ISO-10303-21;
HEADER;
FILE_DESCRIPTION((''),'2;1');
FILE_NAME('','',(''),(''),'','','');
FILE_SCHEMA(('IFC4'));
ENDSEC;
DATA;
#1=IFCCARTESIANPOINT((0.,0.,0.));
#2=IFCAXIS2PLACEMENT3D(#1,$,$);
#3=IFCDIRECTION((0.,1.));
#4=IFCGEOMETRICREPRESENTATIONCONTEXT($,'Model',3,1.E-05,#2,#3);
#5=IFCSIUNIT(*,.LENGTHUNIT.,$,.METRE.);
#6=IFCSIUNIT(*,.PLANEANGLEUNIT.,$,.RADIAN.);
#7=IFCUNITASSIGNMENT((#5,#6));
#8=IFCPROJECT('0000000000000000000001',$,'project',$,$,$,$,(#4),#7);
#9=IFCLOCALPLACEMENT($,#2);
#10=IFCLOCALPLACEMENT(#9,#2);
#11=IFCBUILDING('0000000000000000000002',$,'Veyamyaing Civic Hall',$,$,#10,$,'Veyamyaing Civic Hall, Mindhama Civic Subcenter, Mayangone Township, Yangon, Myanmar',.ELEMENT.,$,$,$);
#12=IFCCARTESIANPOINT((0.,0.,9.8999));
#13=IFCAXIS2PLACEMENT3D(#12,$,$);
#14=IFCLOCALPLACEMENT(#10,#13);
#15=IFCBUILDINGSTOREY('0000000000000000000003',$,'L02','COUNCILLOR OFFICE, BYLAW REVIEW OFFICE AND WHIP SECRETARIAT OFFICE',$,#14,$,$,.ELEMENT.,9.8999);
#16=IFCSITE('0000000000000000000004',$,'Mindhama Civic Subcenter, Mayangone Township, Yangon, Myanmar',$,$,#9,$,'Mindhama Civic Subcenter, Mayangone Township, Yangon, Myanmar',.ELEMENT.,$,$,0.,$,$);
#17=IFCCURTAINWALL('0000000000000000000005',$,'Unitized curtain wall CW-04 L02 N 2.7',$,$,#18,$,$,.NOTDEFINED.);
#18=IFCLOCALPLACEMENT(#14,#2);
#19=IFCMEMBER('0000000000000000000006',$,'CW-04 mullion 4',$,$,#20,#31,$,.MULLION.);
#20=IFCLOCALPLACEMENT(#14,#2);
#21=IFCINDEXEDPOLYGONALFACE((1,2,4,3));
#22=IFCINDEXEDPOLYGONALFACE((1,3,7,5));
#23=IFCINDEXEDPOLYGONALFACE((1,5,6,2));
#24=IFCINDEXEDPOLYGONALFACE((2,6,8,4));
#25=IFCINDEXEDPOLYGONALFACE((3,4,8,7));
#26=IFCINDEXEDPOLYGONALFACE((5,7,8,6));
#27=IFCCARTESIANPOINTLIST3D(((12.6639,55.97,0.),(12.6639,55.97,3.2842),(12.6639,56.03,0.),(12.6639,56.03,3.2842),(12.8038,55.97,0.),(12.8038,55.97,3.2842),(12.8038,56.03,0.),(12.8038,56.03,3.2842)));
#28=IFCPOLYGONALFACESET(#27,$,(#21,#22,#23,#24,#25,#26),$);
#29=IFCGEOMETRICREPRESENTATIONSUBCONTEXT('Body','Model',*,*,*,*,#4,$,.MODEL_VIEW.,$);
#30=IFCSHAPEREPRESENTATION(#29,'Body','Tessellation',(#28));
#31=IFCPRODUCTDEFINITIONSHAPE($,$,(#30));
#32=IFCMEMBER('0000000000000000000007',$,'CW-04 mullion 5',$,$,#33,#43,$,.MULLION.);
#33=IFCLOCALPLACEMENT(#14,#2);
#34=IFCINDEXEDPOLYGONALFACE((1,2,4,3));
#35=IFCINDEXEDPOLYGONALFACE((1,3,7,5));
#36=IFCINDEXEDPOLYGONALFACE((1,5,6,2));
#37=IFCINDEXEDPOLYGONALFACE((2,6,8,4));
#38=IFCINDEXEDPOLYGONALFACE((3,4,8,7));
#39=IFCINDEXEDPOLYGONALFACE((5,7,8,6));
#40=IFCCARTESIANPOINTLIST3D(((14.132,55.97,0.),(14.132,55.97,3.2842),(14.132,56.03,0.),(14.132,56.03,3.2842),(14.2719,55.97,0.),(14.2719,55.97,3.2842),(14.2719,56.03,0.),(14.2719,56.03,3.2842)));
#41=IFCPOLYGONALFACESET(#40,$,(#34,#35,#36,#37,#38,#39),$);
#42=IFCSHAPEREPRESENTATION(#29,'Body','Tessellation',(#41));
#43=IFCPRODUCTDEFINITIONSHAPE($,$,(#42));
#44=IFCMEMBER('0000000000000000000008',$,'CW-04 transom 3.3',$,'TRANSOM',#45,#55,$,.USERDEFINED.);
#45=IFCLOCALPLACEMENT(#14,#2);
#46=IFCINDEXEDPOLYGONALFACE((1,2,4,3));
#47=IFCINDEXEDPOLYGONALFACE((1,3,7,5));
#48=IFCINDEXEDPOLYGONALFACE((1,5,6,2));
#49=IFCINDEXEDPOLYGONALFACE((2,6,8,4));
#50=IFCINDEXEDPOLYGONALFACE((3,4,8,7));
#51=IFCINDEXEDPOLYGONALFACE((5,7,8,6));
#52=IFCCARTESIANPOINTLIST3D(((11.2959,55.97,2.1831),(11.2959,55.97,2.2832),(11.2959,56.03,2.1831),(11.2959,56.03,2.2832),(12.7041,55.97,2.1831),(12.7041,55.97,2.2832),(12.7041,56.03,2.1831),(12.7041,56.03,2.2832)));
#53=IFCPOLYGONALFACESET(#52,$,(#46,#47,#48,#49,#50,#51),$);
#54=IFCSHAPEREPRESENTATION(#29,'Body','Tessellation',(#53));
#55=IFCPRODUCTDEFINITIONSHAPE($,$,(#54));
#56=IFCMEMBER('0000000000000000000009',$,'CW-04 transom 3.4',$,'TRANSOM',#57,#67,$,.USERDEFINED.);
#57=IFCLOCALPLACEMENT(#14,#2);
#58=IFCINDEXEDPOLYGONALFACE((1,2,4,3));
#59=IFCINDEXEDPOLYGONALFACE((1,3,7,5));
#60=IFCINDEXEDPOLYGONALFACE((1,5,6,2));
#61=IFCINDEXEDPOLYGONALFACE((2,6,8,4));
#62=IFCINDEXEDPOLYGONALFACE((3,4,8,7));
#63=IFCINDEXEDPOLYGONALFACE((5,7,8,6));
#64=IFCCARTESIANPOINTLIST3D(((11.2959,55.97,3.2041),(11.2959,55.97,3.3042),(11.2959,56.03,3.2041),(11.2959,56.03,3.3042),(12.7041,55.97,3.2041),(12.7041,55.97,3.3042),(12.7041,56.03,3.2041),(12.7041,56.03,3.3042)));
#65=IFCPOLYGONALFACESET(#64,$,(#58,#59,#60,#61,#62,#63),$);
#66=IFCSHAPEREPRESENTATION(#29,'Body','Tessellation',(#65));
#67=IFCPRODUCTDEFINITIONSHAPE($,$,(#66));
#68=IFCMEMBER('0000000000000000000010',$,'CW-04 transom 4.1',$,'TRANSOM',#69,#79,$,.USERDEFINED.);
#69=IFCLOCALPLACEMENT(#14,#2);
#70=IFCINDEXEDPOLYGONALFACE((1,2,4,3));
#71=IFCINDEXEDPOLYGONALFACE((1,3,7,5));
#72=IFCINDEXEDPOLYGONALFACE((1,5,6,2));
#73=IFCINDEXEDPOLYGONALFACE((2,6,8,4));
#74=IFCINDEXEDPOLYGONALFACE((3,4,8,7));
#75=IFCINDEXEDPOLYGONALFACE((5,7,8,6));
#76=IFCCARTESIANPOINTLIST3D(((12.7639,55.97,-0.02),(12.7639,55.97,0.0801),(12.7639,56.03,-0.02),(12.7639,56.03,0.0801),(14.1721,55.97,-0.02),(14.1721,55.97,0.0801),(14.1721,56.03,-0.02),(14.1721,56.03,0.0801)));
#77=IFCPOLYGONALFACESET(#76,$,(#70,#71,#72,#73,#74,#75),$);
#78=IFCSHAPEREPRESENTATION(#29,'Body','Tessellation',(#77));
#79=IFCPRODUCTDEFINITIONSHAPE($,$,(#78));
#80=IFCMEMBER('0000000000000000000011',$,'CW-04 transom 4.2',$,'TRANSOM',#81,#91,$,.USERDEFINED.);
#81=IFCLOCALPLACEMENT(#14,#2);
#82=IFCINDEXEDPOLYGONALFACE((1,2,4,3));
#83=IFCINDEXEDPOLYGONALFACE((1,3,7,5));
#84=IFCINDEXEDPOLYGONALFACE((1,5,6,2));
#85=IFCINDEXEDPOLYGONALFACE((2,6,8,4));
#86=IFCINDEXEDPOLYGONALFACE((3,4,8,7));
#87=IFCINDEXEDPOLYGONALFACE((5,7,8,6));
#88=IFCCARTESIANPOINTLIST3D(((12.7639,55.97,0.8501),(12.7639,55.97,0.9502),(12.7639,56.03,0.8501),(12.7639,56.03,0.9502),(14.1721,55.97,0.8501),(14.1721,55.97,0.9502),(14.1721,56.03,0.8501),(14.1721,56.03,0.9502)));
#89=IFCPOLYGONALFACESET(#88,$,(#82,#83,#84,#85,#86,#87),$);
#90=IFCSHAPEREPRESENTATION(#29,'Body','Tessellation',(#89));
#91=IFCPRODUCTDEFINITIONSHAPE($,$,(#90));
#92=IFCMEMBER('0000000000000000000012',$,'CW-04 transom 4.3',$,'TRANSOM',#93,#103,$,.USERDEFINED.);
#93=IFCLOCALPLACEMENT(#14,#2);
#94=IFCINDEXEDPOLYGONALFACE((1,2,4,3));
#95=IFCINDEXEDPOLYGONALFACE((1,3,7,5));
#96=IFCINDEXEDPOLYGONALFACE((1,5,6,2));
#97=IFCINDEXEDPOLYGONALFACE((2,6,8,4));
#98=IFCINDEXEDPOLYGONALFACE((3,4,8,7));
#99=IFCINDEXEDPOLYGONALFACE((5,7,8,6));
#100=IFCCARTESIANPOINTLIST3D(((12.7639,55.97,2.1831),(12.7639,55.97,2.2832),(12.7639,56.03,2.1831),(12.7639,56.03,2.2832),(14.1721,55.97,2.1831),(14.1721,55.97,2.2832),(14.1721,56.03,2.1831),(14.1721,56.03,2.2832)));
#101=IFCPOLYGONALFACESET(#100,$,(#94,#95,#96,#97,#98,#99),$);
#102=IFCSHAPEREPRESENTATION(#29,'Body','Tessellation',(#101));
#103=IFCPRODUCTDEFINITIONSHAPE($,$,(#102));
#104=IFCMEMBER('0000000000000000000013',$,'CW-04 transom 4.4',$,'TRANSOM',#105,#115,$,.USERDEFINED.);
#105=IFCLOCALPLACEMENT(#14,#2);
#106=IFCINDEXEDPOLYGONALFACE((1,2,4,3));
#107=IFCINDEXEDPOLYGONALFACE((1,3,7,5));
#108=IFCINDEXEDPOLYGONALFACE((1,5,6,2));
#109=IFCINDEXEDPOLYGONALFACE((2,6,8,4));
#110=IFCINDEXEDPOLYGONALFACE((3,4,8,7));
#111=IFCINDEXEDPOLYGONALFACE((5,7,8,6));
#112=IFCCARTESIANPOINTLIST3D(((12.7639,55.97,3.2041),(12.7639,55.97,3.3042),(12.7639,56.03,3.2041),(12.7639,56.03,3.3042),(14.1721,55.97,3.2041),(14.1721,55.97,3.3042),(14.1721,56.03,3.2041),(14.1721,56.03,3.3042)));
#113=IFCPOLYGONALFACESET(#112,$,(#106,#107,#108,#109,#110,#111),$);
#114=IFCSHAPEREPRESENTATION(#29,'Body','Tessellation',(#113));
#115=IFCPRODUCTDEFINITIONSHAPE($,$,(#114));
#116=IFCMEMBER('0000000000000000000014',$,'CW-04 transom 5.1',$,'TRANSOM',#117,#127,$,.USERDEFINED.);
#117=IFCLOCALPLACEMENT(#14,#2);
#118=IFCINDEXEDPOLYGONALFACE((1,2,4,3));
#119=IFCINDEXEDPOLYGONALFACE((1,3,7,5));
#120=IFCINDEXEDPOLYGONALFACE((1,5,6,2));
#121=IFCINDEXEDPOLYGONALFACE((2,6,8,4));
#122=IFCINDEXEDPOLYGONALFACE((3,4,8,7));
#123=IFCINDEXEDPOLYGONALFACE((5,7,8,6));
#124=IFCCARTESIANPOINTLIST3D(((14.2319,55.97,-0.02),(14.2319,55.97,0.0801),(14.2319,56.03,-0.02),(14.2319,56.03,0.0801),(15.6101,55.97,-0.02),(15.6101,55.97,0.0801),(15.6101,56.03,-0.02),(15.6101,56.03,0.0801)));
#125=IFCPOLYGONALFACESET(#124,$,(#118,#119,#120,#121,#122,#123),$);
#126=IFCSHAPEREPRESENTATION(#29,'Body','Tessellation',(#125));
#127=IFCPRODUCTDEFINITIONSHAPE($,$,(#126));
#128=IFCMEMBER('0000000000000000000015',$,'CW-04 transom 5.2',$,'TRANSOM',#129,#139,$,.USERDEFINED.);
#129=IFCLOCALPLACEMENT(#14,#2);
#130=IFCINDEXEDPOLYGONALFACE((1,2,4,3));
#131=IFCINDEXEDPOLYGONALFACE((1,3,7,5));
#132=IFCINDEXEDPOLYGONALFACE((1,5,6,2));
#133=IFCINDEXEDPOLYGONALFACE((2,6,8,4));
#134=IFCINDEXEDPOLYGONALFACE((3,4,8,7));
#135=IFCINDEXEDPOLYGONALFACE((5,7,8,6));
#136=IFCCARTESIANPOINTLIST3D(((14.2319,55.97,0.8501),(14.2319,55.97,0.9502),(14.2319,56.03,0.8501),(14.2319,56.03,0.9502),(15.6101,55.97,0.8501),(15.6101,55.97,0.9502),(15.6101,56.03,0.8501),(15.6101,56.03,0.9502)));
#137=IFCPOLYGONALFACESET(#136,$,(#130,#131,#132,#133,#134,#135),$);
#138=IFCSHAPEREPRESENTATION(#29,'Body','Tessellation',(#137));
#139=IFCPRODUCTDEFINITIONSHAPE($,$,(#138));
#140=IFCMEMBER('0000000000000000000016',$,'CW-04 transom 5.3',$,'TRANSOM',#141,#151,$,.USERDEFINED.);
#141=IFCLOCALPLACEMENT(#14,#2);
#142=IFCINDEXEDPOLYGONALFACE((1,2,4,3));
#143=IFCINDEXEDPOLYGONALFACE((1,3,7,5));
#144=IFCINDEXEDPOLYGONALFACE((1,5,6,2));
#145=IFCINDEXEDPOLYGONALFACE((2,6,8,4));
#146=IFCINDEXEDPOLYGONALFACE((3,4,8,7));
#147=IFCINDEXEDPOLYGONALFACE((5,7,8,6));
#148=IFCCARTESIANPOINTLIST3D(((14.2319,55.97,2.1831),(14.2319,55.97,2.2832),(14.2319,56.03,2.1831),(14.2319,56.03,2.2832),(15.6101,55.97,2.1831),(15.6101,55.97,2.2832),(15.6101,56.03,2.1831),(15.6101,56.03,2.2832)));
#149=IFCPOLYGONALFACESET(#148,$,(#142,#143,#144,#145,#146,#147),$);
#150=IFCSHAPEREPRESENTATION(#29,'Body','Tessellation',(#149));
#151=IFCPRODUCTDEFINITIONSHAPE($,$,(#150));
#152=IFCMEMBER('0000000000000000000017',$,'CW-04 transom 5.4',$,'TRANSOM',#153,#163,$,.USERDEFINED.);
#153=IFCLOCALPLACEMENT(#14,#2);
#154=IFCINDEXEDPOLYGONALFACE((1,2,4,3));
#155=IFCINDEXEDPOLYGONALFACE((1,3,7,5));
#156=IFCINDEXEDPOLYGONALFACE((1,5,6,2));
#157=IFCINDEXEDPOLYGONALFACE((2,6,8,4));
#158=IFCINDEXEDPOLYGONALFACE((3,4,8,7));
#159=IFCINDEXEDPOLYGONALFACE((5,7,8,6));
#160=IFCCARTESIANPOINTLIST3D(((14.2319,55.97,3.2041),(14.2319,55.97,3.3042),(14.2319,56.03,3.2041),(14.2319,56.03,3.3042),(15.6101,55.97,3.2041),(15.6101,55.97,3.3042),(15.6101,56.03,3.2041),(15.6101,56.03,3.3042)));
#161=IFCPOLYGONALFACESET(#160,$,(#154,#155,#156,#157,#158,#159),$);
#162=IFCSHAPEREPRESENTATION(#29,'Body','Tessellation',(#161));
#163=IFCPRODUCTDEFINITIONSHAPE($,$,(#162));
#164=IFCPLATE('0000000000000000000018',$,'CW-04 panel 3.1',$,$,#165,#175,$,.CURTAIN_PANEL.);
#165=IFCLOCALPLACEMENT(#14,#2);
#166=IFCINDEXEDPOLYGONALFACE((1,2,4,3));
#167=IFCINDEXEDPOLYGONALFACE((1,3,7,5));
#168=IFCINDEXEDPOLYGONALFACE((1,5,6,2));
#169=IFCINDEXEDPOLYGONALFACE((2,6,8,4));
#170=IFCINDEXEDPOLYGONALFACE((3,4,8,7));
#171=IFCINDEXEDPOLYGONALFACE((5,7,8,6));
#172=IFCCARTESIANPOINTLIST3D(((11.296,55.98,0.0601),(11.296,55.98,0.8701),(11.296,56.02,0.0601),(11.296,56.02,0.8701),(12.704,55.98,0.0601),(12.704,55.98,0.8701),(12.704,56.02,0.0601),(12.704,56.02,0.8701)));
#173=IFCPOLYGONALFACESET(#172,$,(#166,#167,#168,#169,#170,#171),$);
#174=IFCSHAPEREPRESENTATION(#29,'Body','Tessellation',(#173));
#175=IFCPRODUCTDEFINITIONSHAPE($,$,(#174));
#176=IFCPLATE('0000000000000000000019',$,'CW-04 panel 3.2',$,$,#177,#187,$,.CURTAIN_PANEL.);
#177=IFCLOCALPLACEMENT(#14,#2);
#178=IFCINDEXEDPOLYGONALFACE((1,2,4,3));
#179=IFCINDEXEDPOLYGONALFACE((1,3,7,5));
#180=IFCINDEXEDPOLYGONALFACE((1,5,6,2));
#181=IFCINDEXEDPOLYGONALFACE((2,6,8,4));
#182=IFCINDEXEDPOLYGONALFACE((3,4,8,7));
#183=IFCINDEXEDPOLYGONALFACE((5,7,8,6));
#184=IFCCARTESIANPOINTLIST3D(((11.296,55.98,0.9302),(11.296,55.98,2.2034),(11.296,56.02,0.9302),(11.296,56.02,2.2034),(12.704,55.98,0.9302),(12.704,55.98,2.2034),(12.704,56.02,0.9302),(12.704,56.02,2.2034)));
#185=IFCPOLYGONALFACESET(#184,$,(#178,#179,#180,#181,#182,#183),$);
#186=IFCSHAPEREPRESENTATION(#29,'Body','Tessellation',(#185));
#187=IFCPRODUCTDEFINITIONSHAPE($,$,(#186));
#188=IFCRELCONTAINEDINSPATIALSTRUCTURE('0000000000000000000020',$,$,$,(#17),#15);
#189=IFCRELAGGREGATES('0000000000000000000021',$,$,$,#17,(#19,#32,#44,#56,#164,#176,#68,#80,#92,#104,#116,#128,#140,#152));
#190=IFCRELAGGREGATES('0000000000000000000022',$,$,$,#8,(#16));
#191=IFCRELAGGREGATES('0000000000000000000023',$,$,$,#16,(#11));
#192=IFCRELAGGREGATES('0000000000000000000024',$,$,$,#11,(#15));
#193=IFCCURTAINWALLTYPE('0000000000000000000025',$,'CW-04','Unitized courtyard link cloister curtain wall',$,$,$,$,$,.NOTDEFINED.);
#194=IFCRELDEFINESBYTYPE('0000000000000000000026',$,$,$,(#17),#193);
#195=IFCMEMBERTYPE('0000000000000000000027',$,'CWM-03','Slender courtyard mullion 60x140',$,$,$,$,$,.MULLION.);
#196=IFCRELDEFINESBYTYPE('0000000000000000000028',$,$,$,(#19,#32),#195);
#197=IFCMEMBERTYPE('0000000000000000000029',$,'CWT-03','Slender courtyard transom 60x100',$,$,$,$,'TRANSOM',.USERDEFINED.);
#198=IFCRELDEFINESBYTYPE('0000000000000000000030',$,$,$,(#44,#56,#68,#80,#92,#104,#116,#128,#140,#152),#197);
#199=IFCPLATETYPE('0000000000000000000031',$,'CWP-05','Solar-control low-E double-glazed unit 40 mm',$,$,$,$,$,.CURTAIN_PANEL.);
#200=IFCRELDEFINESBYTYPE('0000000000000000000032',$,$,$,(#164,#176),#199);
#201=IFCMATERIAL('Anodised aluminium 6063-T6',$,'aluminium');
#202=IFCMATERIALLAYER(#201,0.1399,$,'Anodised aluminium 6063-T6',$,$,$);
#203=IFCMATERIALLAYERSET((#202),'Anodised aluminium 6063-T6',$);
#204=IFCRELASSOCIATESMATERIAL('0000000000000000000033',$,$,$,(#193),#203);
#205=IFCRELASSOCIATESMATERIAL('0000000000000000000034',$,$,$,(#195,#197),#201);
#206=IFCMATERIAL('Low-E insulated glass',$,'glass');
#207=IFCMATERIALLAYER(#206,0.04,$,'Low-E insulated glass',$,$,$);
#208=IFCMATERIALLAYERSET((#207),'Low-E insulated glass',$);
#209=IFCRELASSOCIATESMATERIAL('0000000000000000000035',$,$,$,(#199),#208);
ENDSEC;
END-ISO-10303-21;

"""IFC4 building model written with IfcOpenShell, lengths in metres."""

from ifc_helpers import new_model, si_unit, direction, frame, origin, origin_2d, place, context, subcontext, project, spatial, rectangle, extrude, material, layer, layer_set, material_profile, profile_set, type_object, element, aggregate, save


model = new_model("IFC4")

# Units and contexts
model_context = context("Model", 3, precision=1e-05, world=origin(), true_north=direction((0.0, 1.0)))
body_context = subcontext(model_context, "Body", "Model", "MODEL_VIEW")
ifc_project = project(units=[si_unit("LENGTHUNIT", "METRE"), si_unit("PLANEANGLEUNIT", "RADIAN")], contexts=[model_context])

# Site, building, storey
site_placement = place(None, origin())
site = spatial("IfcSite", under=ifc_project, at=site_placement, Name="Mindhama Civic Subcenter, Mayangone Township, Yangon, Myanmar", LongName="Mindhama Civic Subcenter, Mayangone Township, Yangon, Myanmar", CompositionType="ELEMENT", RefElevation=0.0)
building_placement = place(site_placement, origin())
building = spatial("IfcBuilding", under=site, at=building_placement, Name="Veyamyaing Civic Hall", LongName="Veyamyaing Civic Hall, Mindhama Civic Subcenter, Mayangone Township, Yangon, Myanmar", CompositionType="ELEMENT")
storey_placement = place(building_placement, frame((0.0, 0.0, 9.8999)))
storey = spatial("IfcBuildingStorey", under=building, at=storey_placement, Name="L02", Description="COUNCILLOR OFFICE, BYLAW REVIEW OFFICE AND WHIP SECRETARIAT OFFICE", CompositionType="ELEMENT", Elevation=9.8999)

# Curtain wall, members, plates
ifc_material_1 = material(Name="Anodised aluminium 6063-T6", Category="aluminium")
ifc_layer_1 = layer(ifc_material_1, 0.1399, Name="Anodised aluminium 6063-T6")
ifc_layer_set_1 = layer_set([ifc_layer_1], Name="Anodised aluminium 6063-T6")
curtain_wall_type = type_object("IfcCurtainWallType", Name="CW-04", Description="Unitized courtyard link cloister curtain wall", PredefinedType="NOTDEFINED", material=ifc_layer_set_1)
curtain_wall_placement = place(storey_placement, origin())
curtain_wall = element("IfcCurtainWall", 1, at=curtain_wall_placement, inside=storey, type_object=curtain_wall_type, Name="Unitized curtain wall CW-04 L02 N 2.7", PredefinedType="NOTDEFINED")
ifc_material_profile_1 = material_profile(ifc_material_1, rectangle(XDim=0.0601, YDim=0.1399, at=origin_2d()), Name="ALU-MUL-60X140")
ifc_profile_set_1 = profile_set([ifc_material_profile_1], Name="Anodised aluminium 6063-T6")
member_type_1 = type_object("IfcMemberType", Name="CWM-03", Description="Slender courtyard mullion 60x140", PredefinedType="MULLION", material=ifc_profile_set_1)
member_1_placement = place(storey_placement, frame((12.7339, 56.0, 0.0), z_axis=(0.0, 0.0, 1.0), x_axis=(0.0, 1.0, 0.0)))
member_1 = element("IfcMember", 2, at=member_1_placement, type_object=member_type_1, Name="CW-04 mullion 4", PredefinedType="MULLION", context=body_context, shape_type="SweptSolid", body=[
    extrude(rectangle(XDim=0.0601, YDim=0.1399, at=origin_2d()), origin(), (0.0, 0.0, 1.0), 3.2842),
])
member_2_placement = place(storey_placement, frame((14.2019, 56.0, 0.0), z_axis=(0.0, 0.0, 1.0), x_axis=(0.0, 1.0, 0.0)))
member_2 = element("IfcMember", 3, at=member_2_placement, type_object=member_type_1, Name="CW-04 mullion 5", PredefinedType="MULLION", context=body_context, shape_type="SweptSolid", body=[
    extrude(rectangle(XDim=0.0601, YDim=0.1399, at=origin_2d()), origin(), (0.0, 0.0, 1.0), 3.2842),
])
ifc_material_profile_2 = material_profile(ifc_material_1, rectangle(XDim=0.0601, YDim=0.1001, at=origin_2d()), Name="ALU-TRN-60X100")
ifc_profile_set_2 = profile_set([ifc_material_profile_2], Name="Anodised aluminium 6063-T6")
member_type_2 = type_object("IfcMemberType", Name="CWT-03", Description="Slender courtyard transom 60x100", ElementType="TRANSOM", PredefinedType="USERDEFINED", material=ifc_profile_set_2)
member_3_placement = place(storey_placement, frame((11.2959, 56.0, 2.2332), z_axis=(1.0, 0.0, 0.0), x_axis=(0.0, 1.0, 0.0)))
member_3 = element("IfcMember", 4, at=member_3_placement, type_object=member_type_2, Name="CW-04 transom 3.3", ObjectType="TRANSOM", PredefinedType="USERDEFINED", context=body_context, shape_type="SweptSolid", body=[
    extrude(rectangle(XDim=0.0601, YDim=0.1001, at=origin_2d()), origin(), (0.0, 0.0, 1.0), 1.4082),
])
member_4_placement = place(storey_placement, frame((11.2959, 56.0, 3.2542), z_axis=(1.0, 0.0, 0.0), x_axis=(0.0, 1.0, 0.0)))
member_4 = element("IfcMember", 5, at=member_4_placement, type_object=member_type_2, Name="CW-04 transom 3.4", ObjectType="TRANSOM", PredefinedType="USERDEFINED", context=body_context, shape_type="SweptSolid", body=[
    extrude(rectangle(XDim=0.0601, YDim=0.1001, at=origin_2d()), origin(), (0.0, 0.0, 1.0), 1.4082),
])
member_5_placement = place(storey_placement, frame((12.7639, 56.0, 0.03), z_axis=(1.0, 0.0, 0.0), x_axis=(0.0, 1.0, 0.0)))
member_5 = element("IfcMember", 6, at=member_5_placement, type_object=member_type_2, Name="CW-04 transom 4.1", ObjectType="TRANSOM", PredefinedType="USERDEFINED", context=body_context, shape_type="SweptSolid", body=[
    extrude(rectangle(XDim=0.0601, YDim=0.1001, at=origin_2d()), origin(), (0.0, 0.0, 1.0), 1.4082),
])
member_6_placement = place(storey_placement, frame((12.7639, 56.0, 0.9001), z_axis=(1.0, 0.0, 0.0), x_axis=(0.0, 1.0, 0.0)))
member_6 = element("IfcMember", 7, at=member_6_placement, type_object=member_type_2, Name="CW-04 transom 4.2", ObjectType="TRANSOM", PredefinedType="USERDEFINED", context=body_context, shape_type="SweptSolid", body=[
    extrude(rectangle(XDim=0.0601, YDim=0.1001, at=origin_2d()), origin(), (0.0, 0.0, 1.0), 1.4082),
])
member_7_placement = place(storey_placement, frame((12.7639, 56.0, 2.2332), z_axis=(1.0, 0.0, 0.0), x_axis=(0.0, 1.0, 0.0)))
member_7 = element("IfcMember", 8, at=member_7_placement, type_object=member_type_2, Name="CW-04 transom 4.3", ObjectType="TRANSOM", PredefinedType="USERDEFINED", context=body_context, shape_type="SweptSolid", body=[
    extrude(rectangle(XDim=0.0601, YDim=0.1001, at=origin_2d()), origin(), (0.0, 0.0, 1.0), 1.4082),
])
member_8_placement = place(storey_placement, frame((12.7639, 56.0, 3.2542), z_axis=(1.0, 0.0, 0.0), x_axis=(0.0, 1.0, 0.0)))
member_8 = element("IfcMember", 9, at=member_8_placement, type_object=member_type_2, Name="CW-04 transom 4.4", ObjectType="TRANSOM", PredefinedType="USERDEFINED", context=body_context, shape_type="SweptSolid", body=[
    extrude(rectangle(XDim=0.0601, YDim=0.1001, at=origin_2d()), origin(), (0.0, 0.0, 1.0), 1.4082),
])
member_9_placement = place(storey_placement, frame((14.2319, 56.0, 0.03), z_axis=(1.0, 0.0, 0.0), x_axis=(0.0, 1.0, 0.0)))
member_9 = element("IfcMember", 10, at=member_9_placement, type_object=member_type_2, Name="CW-04 transom 5.1", ObjectType="TRANSOM", PredefinedType="USERDEFINED", context=body_context, shape_type="SweptSolid", body=[
    extrude(rectangle(XDim=0.0601, YDim=0.1001, at=origin_2d()), origin(), (0.0, 0.0, 1.0), 1.3782),
])
member_10_placement = place(storey_placement, frame((14.2319, 56.0, 0.9001), z_axis=(1.0, 0.0, 0.0), x_axis=(0.0, 1.0, 0.0)))
member_10 = element("IfcMember", 11, at=member_10_placement, type_object=member_type_2, Name="CW-04 transom 5.2", ObjectType="TRANSOM", PredefinedType="USERDEFINED", context=body_context, shape_type="SweptSolid", body=[
    extrude(rectangle(XDim=0.0601, YDim=0.1001, at=origin_2d()), origin(), (0.0, 0.0, 1.0), 1.3782),
])
member_11_placement = place(storey_placement, frame((14.2319, 56.0, 2.2332), z_axis=(1.0, 0.0, 0.0), x_axis=(0.0, 1.0, 0.0)))
member_11 = element("IfcMember", 12, at=member_11_placement, type_object=member_type_2, Name="CW-04 transom 5.3", ObjectType="TRANSOM", PredefinedType="USERDEFINED", context=body_context, shape_type="SweptSolid", body=[
    extrude(rectangle(XDim=0.0601, YDim=0.1001, at=origin_2d()), origin(), (0.0, 0.0, 1.0), 1.3782),
])
member_12_placement = place(storey_placement, frame((14.2319, 56.0, 3.2542), z_axis=(1.0, 0.0, 0.0), x_axis=(0.0, 1.0, 0.0)))
member_12 = element("IfcMember", 13, at=member_12_placement, type_object=member_type_2, Name="CW-04 transom 5.4", ObjectType="TRANSOM", PredefinedType="USERDEFINED", context=body_context, shape_type="SweptSolid", body=[
    extrude(rectangle(XDim=0.0601, YDim=0.1001, at=origin_2d()), origin(), (0.0, 0.0, 1.0), 1.3782),
])
ifc_material_2 = material(Name="Low-E insulated glass", Category="glass")
ifc_layer_2 = layer(ifc_material_2, 0.04, Name="Low-E insulated glass")
ifc_layer_set_2 = layer_set([ifc_layer_2], Name="Low-E insulated glass")
plate_type = type_object("IfcPlateType", Name="CWP-05", Description="Solar-control low-E double-glazed unit 40 mm", PredefinedType="CURTAIN_PANEL", material=ifc_layer_set_2)
plate_1_placement = place(storey_placement, frame((12.0, 56.0, 0.0601), z_axis=(0.0, 0.0, 1.0), x_axis=(1.0, 0.0, 0.0)))
plate_1 = element("IfcPlate", 14, at=plate_1_placement, type_object=plate_type, Name="CW-04 panel 3.1", PredefinedType="CURTAIN_PANEL", context=body_context, shape_type="SweptSolid", body=[
    extrude(rectangle(XDim=1.408, YDim=0.04, at=origin_2d()), origin(), (0.0, 0.0, 1.0), 0.8101),
])
plate_2_placement = place(storey_placement, frame((12.0, 56.0, 0.9302), z_axis=(0.0, 0.0, 1.0), x_axis=(1.0, 0.0, 0.0)))
plate_2 = element("IfcPlate", 15, at=plate_2_placement, type_object=plate_type, Name="CW-04 panel 3.2", PredefinedType="CURTAIN_PANEL", context=body_context, shape_type="SweptSolid", body=[
    extrude(rectangle(XDim=1.408, YDim=0.04, at=origin_2d()), origin(), (0.0, 0.0, 1.0), 1.2732),
])
aggregate(curtain_wall, [member_1, member_2, member_3, member_4, plate_1, plate_2, member_5, member_6, member_7, member_8, member_9, member_10, member_11, member_12])

save(model, "model.ifc")
